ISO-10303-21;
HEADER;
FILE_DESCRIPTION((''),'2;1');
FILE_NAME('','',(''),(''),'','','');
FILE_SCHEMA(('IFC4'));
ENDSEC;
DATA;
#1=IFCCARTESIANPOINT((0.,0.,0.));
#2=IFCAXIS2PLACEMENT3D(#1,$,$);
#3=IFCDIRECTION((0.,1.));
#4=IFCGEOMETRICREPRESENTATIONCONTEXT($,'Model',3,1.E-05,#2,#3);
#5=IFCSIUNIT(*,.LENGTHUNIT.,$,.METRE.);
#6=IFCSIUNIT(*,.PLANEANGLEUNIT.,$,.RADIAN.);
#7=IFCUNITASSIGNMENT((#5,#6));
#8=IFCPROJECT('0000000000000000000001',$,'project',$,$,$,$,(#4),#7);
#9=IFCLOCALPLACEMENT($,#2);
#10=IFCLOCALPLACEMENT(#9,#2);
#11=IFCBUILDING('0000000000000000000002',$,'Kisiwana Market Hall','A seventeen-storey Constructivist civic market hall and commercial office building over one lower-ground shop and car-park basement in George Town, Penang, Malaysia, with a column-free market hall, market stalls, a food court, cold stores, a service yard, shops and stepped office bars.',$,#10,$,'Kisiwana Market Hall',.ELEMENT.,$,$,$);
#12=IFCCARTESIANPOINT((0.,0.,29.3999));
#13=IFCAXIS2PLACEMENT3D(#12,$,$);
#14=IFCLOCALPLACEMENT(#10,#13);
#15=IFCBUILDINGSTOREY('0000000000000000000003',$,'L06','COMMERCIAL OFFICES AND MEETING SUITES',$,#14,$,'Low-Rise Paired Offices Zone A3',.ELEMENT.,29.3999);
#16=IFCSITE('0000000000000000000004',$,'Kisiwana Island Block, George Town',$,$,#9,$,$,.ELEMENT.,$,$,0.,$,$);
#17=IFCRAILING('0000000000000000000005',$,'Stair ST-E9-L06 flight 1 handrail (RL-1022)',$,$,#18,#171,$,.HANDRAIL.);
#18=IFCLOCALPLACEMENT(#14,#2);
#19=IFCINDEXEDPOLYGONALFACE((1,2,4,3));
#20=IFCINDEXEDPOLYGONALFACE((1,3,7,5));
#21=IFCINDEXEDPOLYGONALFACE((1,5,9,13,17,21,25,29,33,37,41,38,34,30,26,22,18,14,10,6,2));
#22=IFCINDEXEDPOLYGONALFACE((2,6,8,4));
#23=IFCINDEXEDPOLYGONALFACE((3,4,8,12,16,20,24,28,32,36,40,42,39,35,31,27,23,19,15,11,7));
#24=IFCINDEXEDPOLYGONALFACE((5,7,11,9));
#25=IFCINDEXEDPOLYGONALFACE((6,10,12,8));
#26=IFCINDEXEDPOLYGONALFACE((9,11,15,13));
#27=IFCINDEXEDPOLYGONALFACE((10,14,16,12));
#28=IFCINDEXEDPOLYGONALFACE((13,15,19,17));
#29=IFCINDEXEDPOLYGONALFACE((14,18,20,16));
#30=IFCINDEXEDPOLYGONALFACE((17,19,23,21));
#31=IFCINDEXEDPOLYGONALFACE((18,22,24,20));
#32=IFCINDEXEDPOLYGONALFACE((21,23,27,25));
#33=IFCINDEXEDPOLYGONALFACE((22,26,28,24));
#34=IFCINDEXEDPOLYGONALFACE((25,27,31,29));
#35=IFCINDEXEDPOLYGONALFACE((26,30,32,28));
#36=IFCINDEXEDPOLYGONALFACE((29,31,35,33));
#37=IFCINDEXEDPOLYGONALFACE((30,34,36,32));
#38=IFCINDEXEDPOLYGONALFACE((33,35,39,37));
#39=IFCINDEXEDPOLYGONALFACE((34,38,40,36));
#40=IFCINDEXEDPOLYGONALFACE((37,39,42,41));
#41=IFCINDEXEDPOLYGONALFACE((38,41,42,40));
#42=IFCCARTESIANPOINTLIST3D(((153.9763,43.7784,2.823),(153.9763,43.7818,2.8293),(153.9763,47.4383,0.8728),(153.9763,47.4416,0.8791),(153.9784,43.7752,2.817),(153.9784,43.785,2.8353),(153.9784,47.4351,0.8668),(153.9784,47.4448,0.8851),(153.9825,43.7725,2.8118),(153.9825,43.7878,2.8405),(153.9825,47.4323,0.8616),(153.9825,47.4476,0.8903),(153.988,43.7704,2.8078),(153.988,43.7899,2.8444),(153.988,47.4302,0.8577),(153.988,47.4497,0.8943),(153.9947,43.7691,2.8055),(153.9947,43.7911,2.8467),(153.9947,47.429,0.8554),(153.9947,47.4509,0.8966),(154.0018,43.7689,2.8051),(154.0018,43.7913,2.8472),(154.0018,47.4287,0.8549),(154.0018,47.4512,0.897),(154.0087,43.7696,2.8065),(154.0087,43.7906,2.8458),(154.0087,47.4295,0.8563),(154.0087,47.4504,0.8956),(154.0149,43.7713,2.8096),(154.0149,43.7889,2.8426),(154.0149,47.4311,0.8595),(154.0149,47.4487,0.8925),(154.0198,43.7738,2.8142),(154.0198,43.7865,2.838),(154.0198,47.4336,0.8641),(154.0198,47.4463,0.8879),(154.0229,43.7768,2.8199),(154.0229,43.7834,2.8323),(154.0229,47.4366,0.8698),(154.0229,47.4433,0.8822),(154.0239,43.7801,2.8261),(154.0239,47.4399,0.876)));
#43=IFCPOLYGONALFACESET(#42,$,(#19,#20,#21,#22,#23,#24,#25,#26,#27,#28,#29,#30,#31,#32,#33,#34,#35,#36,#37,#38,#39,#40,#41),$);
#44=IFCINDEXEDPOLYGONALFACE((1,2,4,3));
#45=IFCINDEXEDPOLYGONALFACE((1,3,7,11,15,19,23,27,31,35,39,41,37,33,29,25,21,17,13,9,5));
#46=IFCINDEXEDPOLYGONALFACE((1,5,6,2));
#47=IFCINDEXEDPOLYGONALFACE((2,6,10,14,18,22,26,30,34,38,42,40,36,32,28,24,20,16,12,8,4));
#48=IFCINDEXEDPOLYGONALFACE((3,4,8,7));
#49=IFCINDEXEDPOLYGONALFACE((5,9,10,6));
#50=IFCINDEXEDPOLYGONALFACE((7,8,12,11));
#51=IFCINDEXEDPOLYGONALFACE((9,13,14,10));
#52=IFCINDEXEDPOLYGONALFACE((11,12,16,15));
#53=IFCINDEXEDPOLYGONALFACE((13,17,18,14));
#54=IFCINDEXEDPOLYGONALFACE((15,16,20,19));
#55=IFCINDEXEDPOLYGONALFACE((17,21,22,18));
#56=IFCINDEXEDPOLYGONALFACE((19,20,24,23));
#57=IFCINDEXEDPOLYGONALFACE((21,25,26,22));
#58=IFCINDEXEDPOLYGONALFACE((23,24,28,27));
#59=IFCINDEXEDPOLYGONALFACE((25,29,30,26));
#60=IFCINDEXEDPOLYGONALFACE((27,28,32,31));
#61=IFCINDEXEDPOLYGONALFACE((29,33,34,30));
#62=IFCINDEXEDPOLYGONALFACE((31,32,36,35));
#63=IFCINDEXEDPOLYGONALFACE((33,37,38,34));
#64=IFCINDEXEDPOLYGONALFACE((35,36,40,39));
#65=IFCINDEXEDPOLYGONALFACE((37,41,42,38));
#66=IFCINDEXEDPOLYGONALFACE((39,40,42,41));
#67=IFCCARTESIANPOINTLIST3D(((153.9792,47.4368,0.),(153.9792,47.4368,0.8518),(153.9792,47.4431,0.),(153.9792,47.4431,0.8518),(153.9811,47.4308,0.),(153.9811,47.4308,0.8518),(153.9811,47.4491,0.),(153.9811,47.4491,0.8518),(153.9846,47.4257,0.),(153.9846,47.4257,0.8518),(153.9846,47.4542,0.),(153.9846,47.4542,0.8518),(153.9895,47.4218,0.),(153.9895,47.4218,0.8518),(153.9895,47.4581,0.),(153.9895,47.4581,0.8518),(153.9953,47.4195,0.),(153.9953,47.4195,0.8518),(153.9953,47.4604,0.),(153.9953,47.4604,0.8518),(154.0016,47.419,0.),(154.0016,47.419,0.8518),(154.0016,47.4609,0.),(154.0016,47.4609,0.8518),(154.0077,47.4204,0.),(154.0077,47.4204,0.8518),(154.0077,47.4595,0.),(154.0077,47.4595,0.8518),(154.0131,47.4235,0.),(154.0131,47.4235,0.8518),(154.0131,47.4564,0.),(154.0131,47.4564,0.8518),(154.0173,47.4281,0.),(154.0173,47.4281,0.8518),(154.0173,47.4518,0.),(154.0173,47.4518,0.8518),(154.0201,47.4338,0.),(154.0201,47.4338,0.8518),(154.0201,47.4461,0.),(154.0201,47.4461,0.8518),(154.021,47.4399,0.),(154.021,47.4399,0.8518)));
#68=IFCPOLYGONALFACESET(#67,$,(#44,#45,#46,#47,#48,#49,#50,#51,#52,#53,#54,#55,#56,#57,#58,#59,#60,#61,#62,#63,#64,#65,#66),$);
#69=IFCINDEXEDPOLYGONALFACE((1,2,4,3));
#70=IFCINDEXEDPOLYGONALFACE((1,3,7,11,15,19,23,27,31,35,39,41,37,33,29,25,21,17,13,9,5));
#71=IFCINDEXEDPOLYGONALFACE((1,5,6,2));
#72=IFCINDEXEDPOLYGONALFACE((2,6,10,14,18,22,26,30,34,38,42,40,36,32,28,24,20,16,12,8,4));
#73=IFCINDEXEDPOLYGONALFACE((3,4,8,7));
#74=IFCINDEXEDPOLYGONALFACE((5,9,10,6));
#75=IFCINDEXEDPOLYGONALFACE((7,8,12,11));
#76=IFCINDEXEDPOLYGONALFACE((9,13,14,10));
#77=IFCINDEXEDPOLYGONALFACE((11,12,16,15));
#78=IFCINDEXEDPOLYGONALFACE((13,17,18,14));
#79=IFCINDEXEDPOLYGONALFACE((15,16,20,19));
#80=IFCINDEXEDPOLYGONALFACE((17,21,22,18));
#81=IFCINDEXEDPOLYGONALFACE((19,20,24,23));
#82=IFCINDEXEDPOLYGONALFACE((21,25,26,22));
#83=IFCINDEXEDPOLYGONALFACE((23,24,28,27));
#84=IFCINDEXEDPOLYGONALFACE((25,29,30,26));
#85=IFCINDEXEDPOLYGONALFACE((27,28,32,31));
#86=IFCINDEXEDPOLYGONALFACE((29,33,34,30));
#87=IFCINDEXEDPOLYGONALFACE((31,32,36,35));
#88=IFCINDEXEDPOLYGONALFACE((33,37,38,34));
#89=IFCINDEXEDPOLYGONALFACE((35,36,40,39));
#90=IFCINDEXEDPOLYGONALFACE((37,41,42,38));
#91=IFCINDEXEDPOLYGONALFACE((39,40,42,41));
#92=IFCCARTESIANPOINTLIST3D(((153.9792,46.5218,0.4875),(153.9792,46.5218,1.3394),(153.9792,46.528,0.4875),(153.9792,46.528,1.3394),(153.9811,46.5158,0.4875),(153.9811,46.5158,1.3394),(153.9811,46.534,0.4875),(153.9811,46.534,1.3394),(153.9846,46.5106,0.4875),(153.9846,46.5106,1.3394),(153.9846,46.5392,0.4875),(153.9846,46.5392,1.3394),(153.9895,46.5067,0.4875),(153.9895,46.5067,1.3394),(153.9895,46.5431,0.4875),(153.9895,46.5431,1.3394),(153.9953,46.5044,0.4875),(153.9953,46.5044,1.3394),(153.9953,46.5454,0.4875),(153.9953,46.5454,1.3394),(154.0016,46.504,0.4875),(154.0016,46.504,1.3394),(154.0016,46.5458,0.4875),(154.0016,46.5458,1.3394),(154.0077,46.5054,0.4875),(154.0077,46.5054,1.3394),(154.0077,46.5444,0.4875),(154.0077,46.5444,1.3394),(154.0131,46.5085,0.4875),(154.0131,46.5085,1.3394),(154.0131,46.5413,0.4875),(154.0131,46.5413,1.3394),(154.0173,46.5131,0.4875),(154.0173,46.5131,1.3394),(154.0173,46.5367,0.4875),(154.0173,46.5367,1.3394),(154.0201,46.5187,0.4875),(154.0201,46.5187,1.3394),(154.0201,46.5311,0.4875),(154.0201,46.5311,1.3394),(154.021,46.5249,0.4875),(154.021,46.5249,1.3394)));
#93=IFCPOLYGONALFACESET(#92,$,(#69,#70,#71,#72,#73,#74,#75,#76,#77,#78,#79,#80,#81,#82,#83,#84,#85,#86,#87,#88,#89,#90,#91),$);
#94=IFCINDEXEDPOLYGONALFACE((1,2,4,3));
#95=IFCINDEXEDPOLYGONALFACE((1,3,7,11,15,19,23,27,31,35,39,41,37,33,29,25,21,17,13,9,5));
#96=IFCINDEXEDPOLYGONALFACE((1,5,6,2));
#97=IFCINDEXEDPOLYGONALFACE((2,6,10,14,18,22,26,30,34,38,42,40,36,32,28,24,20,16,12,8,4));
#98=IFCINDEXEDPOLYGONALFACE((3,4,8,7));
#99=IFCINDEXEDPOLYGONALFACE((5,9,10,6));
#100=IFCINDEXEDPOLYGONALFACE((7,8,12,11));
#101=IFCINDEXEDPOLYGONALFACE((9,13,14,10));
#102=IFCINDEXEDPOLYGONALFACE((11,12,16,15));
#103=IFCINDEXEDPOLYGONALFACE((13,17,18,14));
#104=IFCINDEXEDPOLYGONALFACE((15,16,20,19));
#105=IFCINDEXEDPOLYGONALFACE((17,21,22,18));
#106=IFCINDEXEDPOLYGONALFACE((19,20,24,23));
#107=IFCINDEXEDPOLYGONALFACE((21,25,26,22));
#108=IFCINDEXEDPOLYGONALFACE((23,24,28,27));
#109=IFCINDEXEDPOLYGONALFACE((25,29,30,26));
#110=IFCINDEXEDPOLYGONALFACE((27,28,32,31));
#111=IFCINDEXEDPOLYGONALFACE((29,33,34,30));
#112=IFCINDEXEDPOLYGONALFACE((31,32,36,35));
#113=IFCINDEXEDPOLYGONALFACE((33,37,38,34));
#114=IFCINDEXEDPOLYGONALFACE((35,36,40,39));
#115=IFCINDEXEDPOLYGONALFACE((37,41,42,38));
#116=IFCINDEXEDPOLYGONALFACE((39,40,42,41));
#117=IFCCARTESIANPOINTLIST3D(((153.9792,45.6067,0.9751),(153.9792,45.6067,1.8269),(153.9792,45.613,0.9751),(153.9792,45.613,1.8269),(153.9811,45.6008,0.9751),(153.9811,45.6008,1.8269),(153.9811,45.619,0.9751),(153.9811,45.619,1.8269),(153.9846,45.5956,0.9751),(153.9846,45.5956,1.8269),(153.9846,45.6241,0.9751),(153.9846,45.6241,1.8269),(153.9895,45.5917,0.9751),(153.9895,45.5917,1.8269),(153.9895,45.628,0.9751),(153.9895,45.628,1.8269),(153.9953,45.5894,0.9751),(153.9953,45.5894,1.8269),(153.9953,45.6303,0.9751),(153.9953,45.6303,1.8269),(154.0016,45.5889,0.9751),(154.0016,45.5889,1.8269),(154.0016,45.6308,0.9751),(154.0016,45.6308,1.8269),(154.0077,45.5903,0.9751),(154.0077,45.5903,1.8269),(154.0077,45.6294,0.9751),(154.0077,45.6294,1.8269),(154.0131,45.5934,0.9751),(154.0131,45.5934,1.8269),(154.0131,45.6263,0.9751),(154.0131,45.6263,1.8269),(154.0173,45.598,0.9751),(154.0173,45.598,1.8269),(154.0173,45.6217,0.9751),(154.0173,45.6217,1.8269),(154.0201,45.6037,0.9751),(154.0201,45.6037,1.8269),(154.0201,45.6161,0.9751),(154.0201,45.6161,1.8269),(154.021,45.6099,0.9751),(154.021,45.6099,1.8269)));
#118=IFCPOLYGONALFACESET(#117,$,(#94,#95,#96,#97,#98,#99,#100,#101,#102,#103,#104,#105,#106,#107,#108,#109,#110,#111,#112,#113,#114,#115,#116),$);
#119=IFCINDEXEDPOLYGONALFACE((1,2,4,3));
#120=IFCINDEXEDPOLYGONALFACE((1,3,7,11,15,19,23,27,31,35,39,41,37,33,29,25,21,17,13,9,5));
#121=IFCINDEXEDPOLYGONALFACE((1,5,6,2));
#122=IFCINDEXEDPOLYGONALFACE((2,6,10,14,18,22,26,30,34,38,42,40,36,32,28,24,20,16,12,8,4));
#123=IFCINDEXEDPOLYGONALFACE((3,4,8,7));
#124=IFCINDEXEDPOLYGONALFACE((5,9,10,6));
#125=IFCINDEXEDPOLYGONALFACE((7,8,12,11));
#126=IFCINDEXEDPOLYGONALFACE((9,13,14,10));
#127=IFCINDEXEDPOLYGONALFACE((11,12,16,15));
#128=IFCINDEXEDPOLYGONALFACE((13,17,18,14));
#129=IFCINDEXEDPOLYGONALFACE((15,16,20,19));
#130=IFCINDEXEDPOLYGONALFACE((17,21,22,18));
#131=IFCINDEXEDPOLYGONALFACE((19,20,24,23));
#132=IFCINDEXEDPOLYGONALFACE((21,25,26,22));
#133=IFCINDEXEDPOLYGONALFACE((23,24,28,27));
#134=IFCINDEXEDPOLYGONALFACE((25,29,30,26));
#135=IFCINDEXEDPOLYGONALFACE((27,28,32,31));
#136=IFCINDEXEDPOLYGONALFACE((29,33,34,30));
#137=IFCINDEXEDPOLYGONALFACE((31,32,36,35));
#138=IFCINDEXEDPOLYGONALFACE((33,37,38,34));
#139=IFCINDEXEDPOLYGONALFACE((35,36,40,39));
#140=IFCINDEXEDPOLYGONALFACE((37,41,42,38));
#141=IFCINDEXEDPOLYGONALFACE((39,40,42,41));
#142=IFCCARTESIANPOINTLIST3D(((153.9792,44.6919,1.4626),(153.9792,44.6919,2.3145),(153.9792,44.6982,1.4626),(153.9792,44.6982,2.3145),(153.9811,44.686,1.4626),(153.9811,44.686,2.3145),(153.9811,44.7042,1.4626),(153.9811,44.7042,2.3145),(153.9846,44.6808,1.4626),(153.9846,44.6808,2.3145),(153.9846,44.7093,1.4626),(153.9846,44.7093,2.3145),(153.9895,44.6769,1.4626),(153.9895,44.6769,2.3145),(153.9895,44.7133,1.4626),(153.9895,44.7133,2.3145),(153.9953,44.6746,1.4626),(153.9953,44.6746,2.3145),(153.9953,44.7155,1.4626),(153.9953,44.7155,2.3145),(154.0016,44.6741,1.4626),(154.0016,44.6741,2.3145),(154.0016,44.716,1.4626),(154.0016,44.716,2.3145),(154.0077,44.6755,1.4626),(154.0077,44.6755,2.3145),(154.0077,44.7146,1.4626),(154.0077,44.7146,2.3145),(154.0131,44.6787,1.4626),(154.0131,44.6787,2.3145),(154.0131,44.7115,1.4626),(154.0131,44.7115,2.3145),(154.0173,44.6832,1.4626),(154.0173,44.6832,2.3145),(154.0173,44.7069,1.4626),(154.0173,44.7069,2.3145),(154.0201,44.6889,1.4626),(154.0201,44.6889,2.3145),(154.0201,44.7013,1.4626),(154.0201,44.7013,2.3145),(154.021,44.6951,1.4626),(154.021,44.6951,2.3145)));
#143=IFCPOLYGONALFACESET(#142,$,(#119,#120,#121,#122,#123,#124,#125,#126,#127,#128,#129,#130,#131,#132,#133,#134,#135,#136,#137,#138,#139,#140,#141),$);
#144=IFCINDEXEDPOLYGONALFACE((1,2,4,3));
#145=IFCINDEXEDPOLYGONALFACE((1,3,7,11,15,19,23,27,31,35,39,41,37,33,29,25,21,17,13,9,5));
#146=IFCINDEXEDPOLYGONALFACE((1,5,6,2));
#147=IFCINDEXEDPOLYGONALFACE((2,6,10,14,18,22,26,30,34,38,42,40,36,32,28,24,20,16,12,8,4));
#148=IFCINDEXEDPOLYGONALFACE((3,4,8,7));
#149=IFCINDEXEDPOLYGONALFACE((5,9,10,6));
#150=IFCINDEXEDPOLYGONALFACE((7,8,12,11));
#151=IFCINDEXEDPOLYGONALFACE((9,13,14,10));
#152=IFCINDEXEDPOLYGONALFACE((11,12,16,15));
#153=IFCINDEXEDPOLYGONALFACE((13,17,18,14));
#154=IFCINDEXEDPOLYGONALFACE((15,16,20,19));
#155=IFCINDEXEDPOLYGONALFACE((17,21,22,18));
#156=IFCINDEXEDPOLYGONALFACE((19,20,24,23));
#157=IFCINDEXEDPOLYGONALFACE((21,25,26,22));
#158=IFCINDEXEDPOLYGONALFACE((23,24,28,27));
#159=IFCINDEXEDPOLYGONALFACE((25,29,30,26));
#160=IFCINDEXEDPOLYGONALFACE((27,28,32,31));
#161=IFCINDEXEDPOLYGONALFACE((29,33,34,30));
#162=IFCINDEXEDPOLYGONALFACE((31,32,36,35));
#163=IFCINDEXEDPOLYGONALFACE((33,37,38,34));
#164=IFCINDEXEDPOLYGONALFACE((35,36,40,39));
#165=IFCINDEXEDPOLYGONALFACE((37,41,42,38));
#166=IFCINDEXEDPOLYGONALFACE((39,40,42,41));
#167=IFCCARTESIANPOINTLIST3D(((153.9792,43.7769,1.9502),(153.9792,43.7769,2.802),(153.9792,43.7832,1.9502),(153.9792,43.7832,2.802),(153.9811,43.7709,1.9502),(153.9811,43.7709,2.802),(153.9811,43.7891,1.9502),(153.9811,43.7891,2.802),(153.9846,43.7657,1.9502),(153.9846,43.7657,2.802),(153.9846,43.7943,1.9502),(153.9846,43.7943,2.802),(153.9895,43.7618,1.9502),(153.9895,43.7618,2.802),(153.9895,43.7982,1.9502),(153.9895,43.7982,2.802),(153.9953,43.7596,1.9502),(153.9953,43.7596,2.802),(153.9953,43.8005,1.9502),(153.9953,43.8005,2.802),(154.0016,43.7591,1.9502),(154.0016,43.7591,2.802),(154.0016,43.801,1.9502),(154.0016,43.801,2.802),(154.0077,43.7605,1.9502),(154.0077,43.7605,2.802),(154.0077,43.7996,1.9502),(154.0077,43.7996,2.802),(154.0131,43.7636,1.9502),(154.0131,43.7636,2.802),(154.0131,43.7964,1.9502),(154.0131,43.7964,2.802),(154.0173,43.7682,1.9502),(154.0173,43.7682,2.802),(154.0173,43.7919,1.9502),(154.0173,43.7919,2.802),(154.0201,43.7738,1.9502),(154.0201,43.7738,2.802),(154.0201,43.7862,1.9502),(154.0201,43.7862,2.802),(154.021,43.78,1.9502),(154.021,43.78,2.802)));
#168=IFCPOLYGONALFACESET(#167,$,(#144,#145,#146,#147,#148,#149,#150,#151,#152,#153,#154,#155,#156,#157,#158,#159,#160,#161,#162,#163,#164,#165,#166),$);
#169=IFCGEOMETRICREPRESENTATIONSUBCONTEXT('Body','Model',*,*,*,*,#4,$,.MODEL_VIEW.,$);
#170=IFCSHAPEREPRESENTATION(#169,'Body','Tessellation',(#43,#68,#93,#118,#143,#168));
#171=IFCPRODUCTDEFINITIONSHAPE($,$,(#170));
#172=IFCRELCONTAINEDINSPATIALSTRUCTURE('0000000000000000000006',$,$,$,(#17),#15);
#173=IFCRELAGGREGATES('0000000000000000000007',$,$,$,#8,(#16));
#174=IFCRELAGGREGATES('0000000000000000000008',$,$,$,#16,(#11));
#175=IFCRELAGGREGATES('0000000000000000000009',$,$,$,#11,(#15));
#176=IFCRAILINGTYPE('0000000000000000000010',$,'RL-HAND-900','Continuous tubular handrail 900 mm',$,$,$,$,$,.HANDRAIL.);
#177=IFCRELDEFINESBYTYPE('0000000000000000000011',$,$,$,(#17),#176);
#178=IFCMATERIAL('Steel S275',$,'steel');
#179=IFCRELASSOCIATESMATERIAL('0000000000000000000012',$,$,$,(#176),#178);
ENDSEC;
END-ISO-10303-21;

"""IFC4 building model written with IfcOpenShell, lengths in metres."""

from ifc_helpers import new_model, si_unit, direction, frame, origin, origin_2d, place, context, subcontext, project, spatial, circle, extrude, material, type_object, element, save


model = new_model("IFC4")

# Units and contexts
model_context = context("Model", 3, precision=1e-05, world=origin(), true_north=direction((0.0, 1.0)))
body_context = subcontext(model_context, "Body", "Model", "MODEL_VIEW")
ifc_project = project(units=[si_unit("LENGTHUNIT", "METRE"), si_unit("PLANEANGLEUNIT", "RADIAN")], contexts=[model_context])

# Site, building, storey
site_placement = place(None, origin())
site = spatial("IfcSite", under=ifc_project, at=site_placement, Name="Kisiwana Island Block, George Town", CompositionType="ELEMENT", RefElevation=0.0)
building_placement = place(site_placement, origin())
building = spatial("IfcBuilding", under=site, at=building_placement, Name="Kisiwana Market Hall", Description="A seventeen-storey Constructivist civic market hall and commercial office building over one lower-ground shop and car-park basement in George Town, Penang, Malaysia, with a column-free market hall, market stalls, a food court, cold stores, a service yard, shops and stepped office bars.", LongName="Kisiwana Market Hall", CompositionType="ELEMENT")
storey_placement = place(building_placement, frame((0.0, 0.0, 29.3999)))
storey = spatial("IfcBuildingStorey", under=building, at=storey_placement, Name="L06", Description="COMMERCIAL OFFICES AND MEETING SUITES", LongName="Low-Rise Paired Offices Zone A3", CompositionType="ELEMENT", Elevation=29.3999)

# Railing
ifc_material_1 = material(Name="Steel S275", Category="steel")
railing_type_1 = type_object("IfcRailingType", Name="RL-HAND-900", Description="Continuous tubular handrail 900 mm", PredefinedType="HANDRAIL", material=ifc_material_1)
for number, where, name in (
    (1, (154.0, 47.4399, 0.0), "Stair ST-E9-L06 flight 1 handrail (RL-1022)"),
):
    element("IfcRailing", number, at=place(storey_placement, frame(where)), inside=storey, type_object=railing_type_1, Name=name, PredefinedType="HANDRAIL", context=body_context, shape_type="SweptSolid", body=[
        extrude(circle(Radius=0.0239, at=origin_2d()), frame((0.0, 0.0, 0.876), z_axis=(0.0, -0.882529, 0.470258), x_axis=(1.0, 0.0, 0.0)), (0.0, 0.0, 1.0), 4.147),
        extrude(circle(Radius=0.021, at=origin_2d()), origin(), (0.0, 0.0, 1.0), 0.8518),
        extrude(circle(Radius=0.021, at=origin_2d()), frame((0.0, -0.915, 0.4875)), (0.0, 0.0, 1.0), 0.8518),
        extrude(circle(Radius=0.021, at=origin_2d()), frame((0.0, -1.8301, 0.9751)), (0.0, 0.0, 1.0), 0.8518),
        extrude(circle(Radius=0.021, at=origin_2d()), frame((0.0, -2.7449, 1.4626)), (0.0, 0.0, 1.0), 0.8518),
        extrude(circle(Radius=0.021, at=origin_2d()), frame((0.0, -3.6599, 1.9502)), (0.0, 0.0, 1.0), 0.8518),
    ])

save(model, "model.ifc")
